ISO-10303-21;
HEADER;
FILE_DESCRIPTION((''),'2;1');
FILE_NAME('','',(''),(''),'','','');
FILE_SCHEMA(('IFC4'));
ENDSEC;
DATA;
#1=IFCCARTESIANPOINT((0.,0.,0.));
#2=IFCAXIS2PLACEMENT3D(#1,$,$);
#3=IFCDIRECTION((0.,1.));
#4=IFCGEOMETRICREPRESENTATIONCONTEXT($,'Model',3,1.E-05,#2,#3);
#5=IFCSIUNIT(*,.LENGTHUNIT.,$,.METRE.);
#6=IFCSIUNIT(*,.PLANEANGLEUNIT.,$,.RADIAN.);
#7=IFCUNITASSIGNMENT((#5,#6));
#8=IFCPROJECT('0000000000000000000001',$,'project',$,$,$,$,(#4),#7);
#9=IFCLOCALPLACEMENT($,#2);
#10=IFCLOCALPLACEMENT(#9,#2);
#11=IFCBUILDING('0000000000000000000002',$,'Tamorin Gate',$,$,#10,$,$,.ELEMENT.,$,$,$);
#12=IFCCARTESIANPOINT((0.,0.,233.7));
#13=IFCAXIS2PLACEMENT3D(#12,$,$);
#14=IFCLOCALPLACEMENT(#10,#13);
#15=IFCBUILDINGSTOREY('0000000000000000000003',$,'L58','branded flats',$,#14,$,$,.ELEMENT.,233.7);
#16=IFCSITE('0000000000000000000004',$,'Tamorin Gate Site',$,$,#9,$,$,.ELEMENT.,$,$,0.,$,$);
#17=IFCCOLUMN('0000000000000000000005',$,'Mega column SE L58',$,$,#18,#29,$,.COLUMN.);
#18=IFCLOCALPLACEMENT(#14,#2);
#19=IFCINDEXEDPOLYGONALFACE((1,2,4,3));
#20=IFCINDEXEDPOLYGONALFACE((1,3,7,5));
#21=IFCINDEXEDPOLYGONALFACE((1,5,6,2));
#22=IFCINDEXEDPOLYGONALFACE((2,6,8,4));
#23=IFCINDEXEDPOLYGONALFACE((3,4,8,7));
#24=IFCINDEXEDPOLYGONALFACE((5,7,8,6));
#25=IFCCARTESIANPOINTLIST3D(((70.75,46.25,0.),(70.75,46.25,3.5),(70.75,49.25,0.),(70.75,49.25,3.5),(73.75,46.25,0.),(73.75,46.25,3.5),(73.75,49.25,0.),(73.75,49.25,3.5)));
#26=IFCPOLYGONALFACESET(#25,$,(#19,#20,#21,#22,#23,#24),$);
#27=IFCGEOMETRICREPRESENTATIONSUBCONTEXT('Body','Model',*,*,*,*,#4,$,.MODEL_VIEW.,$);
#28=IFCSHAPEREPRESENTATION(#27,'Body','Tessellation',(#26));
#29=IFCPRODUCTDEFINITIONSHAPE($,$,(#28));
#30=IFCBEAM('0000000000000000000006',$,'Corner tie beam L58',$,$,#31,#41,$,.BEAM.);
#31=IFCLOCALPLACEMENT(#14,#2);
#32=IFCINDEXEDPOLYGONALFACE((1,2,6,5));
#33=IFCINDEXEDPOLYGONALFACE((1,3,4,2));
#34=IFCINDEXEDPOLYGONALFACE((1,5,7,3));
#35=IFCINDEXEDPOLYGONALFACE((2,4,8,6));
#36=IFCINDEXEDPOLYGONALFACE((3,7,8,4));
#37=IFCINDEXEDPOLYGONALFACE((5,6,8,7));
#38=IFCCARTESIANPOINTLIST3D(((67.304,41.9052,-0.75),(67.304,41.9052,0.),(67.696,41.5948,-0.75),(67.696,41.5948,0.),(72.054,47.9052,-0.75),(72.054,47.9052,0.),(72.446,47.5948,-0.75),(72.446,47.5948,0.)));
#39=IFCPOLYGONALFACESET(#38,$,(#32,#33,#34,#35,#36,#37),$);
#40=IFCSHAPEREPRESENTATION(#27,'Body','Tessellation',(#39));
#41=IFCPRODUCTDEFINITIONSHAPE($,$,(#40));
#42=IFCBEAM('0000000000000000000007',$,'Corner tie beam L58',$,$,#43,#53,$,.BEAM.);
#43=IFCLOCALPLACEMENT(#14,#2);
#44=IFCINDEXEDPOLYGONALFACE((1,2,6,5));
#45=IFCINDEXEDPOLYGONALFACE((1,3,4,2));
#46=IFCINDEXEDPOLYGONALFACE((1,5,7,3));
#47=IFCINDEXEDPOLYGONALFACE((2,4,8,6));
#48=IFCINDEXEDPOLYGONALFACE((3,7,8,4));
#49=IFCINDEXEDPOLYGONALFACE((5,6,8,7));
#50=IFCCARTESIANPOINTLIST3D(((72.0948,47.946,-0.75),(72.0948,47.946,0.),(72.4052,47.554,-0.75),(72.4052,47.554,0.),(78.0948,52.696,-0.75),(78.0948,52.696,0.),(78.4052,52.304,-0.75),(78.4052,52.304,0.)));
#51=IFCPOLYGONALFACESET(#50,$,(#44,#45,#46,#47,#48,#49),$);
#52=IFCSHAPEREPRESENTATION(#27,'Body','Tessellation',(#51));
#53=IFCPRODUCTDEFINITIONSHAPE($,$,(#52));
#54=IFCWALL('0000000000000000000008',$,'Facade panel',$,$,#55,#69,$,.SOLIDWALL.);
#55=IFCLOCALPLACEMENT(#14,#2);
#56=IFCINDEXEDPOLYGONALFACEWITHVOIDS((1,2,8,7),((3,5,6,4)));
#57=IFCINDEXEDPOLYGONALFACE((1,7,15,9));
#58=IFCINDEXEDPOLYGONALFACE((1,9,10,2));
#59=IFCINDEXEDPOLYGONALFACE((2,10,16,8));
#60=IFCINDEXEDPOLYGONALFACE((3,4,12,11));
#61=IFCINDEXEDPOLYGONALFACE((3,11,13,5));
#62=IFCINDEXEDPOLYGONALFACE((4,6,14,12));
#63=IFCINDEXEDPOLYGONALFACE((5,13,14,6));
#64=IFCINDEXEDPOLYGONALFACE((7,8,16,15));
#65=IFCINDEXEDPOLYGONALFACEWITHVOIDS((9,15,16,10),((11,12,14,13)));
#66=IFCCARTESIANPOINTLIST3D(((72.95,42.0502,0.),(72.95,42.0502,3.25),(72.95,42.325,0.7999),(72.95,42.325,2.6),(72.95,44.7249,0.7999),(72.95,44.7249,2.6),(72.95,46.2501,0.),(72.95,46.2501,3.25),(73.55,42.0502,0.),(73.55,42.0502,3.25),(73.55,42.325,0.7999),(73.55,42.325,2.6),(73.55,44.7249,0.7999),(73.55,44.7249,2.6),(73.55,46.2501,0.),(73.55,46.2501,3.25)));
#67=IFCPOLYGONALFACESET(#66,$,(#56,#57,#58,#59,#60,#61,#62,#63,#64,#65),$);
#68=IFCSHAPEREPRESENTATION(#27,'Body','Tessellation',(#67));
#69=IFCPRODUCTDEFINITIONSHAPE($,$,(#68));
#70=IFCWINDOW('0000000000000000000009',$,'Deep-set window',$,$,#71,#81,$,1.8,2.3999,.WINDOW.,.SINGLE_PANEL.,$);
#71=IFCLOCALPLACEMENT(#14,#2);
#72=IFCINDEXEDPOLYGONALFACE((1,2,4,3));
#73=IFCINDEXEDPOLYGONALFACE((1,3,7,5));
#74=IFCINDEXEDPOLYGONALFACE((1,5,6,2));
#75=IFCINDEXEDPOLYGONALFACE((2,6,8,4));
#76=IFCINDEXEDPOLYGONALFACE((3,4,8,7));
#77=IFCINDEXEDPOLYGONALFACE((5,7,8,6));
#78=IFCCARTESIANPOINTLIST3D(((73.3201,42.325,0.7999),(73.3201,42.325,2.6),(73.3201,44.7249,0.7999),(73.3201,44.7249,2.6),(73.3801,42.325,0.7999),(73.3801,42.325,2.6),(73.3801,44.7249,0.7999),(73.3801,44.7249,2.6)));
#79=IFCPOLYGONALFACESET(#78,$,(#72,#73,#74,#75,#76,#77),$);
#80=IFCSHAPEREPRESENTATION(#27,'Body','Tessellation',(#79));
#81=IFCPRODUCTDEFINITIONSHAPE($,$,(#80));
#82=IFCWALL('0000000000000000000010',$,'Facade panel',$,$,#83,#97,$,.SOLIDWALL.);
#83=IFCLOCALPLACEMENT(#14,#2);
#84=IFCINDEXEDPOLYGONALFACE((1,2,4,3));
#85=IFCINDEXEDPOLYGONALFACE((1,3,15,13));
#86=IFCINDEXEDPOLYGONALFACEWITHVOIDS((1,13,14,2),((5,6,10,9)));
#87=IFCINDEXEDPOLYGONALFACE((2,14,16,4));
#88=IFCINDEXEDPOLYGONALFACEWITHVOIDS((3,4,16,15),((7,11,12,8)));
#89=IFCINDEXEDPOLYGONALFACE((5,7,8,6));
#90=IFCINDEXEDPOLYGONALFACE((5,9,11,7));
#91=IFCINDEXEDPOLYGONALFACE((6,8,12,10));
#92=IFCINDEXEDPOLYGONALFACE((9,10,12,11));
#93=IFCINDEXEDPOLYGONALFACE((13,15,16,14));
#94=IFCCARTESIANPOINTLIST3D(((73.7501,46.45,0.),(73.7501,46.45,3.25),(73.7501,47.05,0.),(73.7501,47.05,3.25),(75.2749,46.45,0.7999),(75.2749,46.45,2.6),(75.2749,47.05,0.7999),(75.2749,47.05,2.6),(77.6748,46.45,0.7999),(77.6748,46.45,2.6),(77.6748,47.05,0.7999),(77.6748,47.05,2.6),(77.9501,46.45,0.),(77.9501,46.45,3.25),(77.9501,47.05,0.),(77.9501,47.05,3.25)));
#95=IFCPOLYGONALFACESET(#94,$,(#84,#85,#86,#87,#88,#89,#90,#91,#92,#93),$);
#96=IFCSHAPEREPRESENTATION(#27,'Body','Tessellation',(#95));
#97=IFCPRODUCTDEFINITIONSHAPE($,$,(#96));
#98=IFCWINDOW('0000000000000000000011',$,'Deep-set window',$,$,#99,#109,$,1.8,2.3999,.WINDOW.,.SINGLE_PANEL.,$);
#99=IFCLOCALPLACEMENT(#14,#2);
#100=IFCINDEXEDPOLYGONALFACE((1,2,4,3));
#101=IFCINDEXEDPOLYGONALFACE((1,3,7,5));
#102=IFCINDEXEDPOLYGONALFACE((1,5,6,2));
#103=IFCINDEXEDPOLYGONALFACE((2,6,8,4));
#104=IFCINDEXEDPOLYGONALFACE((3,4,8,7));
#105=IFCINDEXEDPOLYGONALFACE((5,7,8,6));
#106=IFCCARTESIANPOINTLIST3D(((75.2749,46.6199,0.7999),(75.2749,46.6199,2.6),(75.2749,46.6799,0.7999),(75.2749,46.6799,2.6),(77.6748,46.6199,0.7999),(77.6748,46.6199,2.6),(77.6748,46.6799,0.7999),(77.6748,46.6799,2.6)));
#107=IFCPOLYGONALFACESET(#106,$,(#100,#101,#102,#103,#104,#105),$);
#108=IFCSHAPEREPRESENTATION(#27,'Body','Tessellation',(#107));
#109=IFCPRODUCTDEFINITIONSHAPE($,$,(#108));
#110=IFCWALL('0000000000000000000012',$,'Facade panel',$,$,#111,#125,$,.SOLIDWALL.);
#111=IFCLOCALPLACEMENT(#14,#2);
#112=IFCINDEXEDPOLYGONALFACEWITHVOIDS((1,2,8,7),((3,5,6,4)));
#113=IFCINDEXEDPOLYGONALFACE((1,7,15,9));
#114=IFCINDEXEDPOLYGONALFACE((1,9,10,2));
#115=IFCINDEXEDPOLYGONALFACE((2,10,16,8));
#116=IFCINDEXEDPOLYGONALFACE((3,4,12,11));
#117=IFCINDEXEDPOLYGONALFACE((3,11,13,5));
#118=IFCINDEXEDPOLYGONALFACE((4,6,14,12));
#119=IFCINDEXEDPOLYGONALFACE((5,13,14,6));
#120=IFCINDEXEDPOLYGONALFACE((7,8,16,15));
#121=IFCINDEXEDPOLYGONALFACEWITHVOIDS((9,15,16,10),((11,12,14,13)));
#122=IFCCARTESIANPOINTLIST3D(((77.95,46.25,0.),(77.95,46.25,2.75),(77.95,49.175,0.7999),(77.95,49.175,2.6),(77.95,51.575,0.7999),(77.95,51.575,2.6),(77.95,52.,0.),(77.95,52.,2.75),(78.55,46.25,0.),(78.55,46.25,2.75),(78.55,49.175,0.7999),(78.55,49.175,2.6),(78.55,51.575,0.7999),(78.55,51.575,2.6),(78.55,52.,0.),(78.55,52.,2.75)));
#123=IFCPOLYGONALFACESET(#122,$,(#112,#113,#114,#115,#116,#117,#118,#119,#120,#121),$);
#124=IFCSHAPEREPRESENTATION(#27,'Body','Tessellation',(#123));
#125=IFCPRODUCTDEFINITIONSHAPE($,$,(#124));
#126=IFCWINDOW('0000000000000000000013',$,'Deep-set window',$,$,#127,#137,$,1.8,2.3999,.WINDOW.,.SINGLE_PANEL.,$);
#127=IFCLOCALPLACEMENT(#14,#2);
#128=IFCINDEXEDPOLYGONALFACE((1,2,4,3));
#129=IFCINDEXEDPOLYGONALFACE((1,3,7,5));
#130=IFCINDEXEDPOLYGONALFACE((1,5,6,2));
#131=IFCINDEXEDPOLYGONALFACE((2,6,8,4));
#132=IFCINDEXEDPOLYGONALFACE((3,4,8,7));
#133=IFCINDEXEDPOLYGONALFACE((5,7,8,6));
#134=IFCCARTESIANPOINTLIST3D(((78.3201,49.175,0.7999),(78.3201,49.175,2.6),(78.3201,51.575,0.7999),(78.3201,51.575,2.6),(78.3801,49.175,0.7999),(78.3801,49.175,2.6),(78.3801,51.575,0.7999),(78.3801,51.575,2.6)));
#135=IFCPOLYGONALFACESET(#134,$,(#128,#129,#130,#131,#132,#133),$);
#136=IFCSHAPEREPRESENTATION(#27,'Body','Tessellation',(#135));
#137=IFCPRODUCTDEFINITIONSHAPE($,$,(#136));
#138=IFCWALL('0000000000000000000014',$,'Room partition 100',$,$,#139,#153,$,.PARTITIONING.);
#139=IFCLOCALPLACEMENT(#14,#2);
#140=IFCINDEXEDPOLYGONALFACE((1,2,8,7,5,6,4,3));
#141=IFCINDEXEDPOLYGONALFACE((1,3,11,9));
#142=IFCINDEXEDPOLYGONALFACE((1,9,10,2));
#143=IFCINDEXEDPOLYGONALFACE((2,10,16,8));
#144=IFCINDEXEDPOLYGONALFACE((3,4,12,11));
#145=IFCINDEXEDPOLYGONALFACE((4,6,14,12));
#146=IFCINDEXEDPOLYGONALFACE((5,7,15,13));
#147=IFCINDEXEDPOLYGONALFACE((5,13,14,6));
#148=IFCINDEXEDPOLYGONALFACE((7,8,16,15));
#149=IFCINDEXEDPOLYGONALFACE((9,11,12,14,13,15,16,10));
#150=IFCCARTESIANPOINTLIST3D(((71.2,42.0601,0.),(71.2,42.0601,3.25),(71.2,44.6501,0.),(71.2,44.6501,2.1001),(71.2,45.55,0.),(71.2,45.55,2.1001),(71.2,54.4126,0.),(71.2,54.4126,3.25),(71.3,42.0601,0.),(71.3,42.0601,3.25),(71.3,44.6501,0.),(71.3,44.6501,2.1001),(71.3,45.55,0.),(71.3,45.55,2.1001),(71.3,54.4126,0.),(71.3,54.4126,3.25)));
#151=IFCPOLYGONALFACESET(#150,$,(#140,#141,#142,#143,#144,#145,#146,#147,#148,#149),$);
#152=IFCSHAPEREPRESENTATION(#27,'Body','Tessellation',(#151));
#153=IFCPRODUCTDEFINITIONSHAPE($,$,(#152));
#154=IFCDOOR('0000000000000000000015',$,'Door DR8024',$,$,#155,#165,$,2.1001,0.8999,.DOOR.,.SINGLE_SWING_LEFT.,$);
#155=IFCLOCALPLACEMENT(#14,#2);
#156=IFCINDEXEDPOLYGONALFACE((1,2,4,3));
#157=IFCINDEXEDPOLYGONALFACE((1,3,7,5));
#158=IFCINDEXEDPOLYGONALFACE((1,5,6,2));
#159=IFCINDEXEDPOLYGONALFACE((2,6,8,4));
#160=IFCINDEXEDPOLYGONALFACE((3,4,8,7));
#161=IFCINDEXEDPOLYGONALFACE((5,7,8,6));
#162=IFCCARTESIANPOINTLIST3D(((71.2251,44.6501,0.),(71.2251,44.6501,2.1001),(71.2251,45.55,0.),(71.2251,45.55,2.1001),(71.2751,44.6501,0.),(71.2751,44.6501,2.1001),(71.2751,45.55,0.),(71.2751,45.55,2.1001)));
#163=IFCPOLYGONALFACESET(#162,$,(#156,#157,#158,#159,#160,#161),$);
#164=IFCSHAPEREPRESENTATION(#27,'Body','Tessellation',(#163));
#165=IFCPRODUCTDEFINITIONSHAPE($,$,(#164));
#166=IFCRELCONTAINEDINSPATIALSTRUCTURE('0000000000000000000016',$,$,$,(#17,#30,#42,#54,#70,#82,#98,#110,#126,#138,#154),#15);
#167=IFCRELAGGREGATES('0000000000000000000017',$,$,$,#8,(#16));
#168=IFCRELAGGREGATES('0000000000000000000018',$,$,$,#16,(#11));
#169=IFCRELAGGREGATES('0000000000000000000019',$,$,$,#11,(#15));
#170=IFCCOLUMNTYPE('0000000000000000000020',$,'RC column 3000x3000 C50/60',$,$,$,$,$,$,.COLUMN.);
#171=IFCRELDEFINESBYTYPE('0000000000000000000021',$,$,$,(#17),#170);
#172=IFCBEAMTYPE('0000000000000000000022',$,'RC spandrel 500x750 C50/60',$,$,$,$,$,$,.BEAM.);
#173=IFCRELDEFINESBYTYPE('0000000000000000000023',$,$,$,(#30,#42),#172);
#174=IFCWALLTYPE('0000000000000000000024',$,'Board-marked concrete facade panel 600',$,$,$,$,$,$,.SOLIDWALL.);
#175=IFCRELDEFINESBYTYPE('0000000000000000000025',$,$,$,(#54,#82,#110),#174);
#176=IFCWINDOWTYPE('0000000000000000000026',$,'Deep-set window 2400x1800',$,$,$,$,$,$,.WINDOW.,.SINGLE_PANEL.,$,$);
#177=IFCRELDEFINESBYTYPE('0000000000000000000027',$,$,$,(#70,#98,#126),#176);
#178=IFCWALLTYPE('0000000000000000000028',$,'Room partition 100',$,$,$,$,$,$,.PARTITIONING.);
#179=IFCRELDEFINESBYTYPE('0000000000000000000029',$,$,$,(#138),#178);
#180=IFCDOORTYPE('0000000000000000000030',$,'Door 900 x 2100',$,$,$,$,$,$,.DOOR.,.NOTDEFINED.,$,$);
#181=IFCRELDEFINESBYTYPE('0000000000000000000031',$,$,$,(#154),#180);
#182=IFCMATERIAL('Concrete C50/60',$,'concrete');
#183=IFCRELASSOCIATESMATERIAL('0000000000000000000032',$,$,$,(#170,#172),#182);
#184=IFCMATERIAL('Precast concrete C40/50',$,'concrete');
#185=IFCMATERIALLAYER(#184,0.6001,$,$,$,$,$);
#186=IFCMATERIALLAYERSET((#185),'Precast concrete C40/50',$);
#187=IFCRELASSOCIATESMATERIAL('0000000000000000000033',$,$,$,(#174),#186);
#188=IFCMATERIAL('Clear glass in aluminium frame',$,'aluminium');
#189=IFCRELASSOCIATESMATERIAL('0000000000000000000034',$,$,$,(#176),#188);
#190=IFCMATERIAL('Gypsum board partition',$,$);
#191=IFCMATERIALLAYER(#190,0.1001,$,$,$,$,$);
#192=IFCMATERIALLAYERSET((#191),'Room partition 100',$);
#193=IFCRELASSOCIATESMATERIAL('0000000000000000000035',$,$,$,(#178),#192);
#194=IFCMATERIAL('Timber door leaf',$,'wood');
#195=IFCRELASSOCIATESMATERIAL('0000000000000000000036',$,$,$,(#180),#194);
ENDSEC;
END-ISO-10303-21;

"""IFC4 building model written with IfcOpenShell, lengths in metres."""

from ifc_helpers import new_model, si_unit, direction, frame, frame_2d, origin, origin_2d, place, context, subcontext, project, spatial, rectangle, extrude, material, layer, layer_set, material_profile, profile_set, type_object, element, fill, save


model = new_model("IFC4")

# Units and contexts
model_context = context("Model", 3, precision=1e-05, world=origin(), true_north=direction((0.0, 1.0)))
body_context = subcontext(model_context, "Body", "Model", "MODEL_VIEW")
ifc_project = project(units=[si_unit("LENGTHUNIT", "METRE"), si_unit("PLANEANGLEUNIT", "RADIAN")], contexts=[model_context])

# Site, building, storey
site_placement = place(None, origin())
site = spatial("IfcSite", under=ifc_project, at=site_placement, Name="Tamorin Gate Site", CompositionType="ELEMENT", RefElevation=0.0)
building_placement = place(site_placement, origin())
building = spatial("IfcBuilding", under=site, at=building_placement, Name="Tamorin Gate", CompositionType="ELEMENT")
storey_placement = place(building_placement, frame((0.0, 0.0, 233.7)))
storey = spatial("IfcBuildingStorey", under=building, at=storey_placement, Name="L58", Description="branded flats", CompositionType="ELEMENT", Elevation=233.7)

# Column
ifc_material_1 = material(Name="Concrete C50/60", Category="concrete")
ifc_material_profile_1 = material_profile(ifc_material_1, rectangle(XDim=3.0, YDim=3.0, at=origin_2d()), Name="RC 3000x3000")
ifc_profile_set_1 = profile_set([ifc_material_profile_1], Name="Concrete C50/60")
column_type = type_object("IfcColumnType", Name="RC column 3000x3000 C50/60", PredefinedType="COLUMN", material=ifc_profile_set_1)
column_placement = place(storey_placement, frame((72.25, 47.75, 0.0), z_axis=(0.0, 0.0, 1.0), x_axis=(1.0, 0.0, 0.0)))
element("IfcColumn", 1, at=column_placement, inside=storey, type_object=column_type, Name="Mega column SE L58", PredefinedType="COLUMN", context=body_context, shape_type="SweptSolid", body=[
    extrude(rectangle(XDim=3.0, YDim=3.0, at=origin_2d()), origin(), (0.0, 0.0, 1.0), 3.5),
])

# Beams
ifc_material_profile_2 = material_profile(ifc_material_1, rectangle(XDim=0.5, YDim=0.75, at=origin_2d()), Name="RC 500x750")
ifc_profile_set_2 = profile_set([ifc_material_profile_2], Name="Concrete C50/60")
beam_type = type_object("IfcBeamType", Name="RC spandrel 500x750 C50/60", PredefinedType="BEAM", material=ifc_profile_set_2)
for number, where, z_axis, x_axis, name in (
    (2, (72.25, 47.75, -0.375), (-0.620703, -0.784046, 0.0), (0.784046, -0.620703, 0.0), "Corner tie beam L58"),
    (3, (72.25, 47.75, -0.375), (0.784046, 0.620703, 0.0), (-0.620703, 0.784046, 0.0), "Corner tie beam L58"),
):
    element("IfcBeam", number, at=place(storey_placement, frame(where, z_axis=z_axis, x_axis=x_axis)), inside=storey, type_object=beam_type, Name=name, PredefinedType="BEAM", context=body_context, shape_type="SweptSolid", body=[
        extrude(rectangle(XDim=0.5, YDim=0.75, at=origin_2d()), origin(), (0.0, 0.0, 1.0), 7.6526),
    ])

# Walls, openings, windows
ifc_material_2 = material(Name="Precast concrete C40/50", Category="concrete")
ifc_layer_1 = layer(ifc_material_2, 0.6001)
ifc_layer_set_1 = layer_set([ifc_layer_1], Name="Precast concrete C40/50")
wall_type_1 = type_object("IfcWallType", Name="Board-marked concrete facade panel 600", PredefinedType="SOLIDWALL", material=ifc_layer_set_1)
wall_1_placement = place(storey_placement, frame((73.25, 42.05, 0.0), z_axis=(0.0, 0.0, 1.0), x_axis=(0.0, 1.0, 0.0)))
wall_1 = element("IfcWall", 4, at=wall_1_placement, inside=storey, type_object=wall_type_1, Name="Facade panel", PredefinedType="SOLIDWALL", context=body_context, shape_type="SweptSolid", body=[
    extrude(rectangle(XDim=4.2, YDim=0.6001, at=frame_2d((2.1001, 0.0))), origin(), (0.0, 0.0, 1.0), 3.25),
])
opening_1_placement = place(wall_1_placement, frame((0.2749, 0.0, 0.8)))
opening_1 = element("IfcOpeningElement", 5, at=opening_1_placement, cuts=wall_1, PredefinedType="OPENING", context=body_context, shape_type="SweptSolid", body=[
    extrude(rectangle(XDim=2.3999, YDim=1.8, at=frame_2d((1.2, 0.8999))), frame((0.0, 0.3101, 0.0), z_axis=(0.0, -1.0, 0.0), x_axis=(1.0, 0.0, 0.0)), (0.0, 0.0, 1.0), 0.6201),
])
ifc_material_3 = material(Name="Clear glass in aluminium frame", Category="aluminium")
window_type = type_object("IfcWindowType", Name="Deep-set window 2400x1800", PartitioningType="SINGLE_PANEL", PredefinedType="WINDOW", material=ifc_material_3)
window_1_placement = place(opening_1_placement, origin())
window_1 = element("IfcWindow", 6, at=window_1_placement, inside=storey, type_object=window_type, Name="Deep-set window", OverallHeight=1.8, OverallWidth=2.3999, PartitioningType="SINGLE_PANEL", PredefinedType="WINDOW", context=body_context, shape_type="SweptSolid", body=[
    extrude(rectangle(XDim=2.3999, YDim=1.8, at=frame_2d((1.2, 0.8999))), frame((0.0, -0.0701, 0.0), z_axis=(0.0, -1.0, 0.0), x_axis=(1.0, 0.0, 0.0)), (0.0, 0.0, 1.0), 0.0601),
])
fill(opening_1, window_1)
wall_2_placement = place(storey_placement, frame((73.75, 46.75, 0.0), z_axis=(0.0, 0.0, 1.0), x_axis=(1.0, 0.0, 0.0)))
wall_2 = element("IfcWall", 7, at=wall_2_placement, inside=storey, type_object=wall_type_1, Name="Facade panel", PredefinedType="SOLIDWALL", context=body_context, shape_type="SweptSolid", body=[
    extrude(rectangle(XDim=4.2, YDim=0.6001, at=frame_2d((2.1001, 0.0))), origin(), (0.0, 0.0, 1.0), 3.25),
])
opening_2_placement = place(wall_2_placement, frame((1.5249, 0.0, 0.8)))
opening_2 = element("IfcOpeningElement", 8, at=opening_2_placement, cuts=wall_2, PredefinedType="OPENING", context=body_context, shape_type="SweptSolid", body=[
    extrude(rectangle(XDim=2.3999, YDim=1.8, at=frame_2d((1.2, 0.8999))), frame((0.0, 0.3101, 0.0), z_axis=(0.0, -1.0, 0.0), x_axis=(1.0, 0.0, 0.0)), (0.0, 0.0, 1.0), 0.6201),
])
window_2_placement = place(opening_2_placement, origin())
window_2 = element("IfcWindow", 9, at=window_2_placement, inside=storey, type_object=window_type, Name="Deep-set window", OverallHeight=1.8, OverallWidth=2.3999, PartitioningType="SINGLE_PANEL", PredefinedType="WINDOW", context=body_context, shape_type="SweptSolid", body=[
    extrude(rectangle(XDim=2.3999, YDim=1.8, at=frame_2d((1.2, 0.8999))), frame((0.0, -0.0701, 0.0), z_axis=(0.0, -1.0, 0.0), x_axis=(1.0, 0.0, 0.0)), (0.0, 0.0, 1.0), 0.0601),
])
fill(opening_2, window_2)
wall_3_placement = place(storey_placement, frame((78.25, 46.25, 0.0), z_axis=(0.0, 0.0, 1.0), x_axis=(0.0, 1.0, 0.0)))
wall_3 = element("IfcWall", 10, at=wall_3_placement, inside=storey, type_object=wall_type_1, Name="Facade panel", PredefinedType="SOLIDWALL", context=body_context, shape_type="SweptSolid", body=[
    extrude(rectangle(XDim=5.75, YDim=0.6001, at=frame_2d((2.875, 0.0))), origin(), (0.0, 0.0, 1.0), 2.75),
])
opening_3_placement = place(wall_3_placement, frame((2.925, 0.0, 0.8)))
opening_3 = element("IfcOpeningElement", 11, at=opening_3_placement, cuts=wall_3, PredefinedType="OPENING", context=body_context, shape_type="SweptSolid", body=[
    extrude(rectangle(XDim=2.3999, YDim=1.8, at=frame_2d((1.2, 0.8999))), frame((0.0, 0.3101, 0.0), z_axis=(0.0, -1.0, 0.0), x_axis=(1.0, 0.0, 0.0)), (0.0, 0.0, 1.0), 0.6201),
])
window_3_placement = place(opening_3_placement, origin())
window_3 = element("IfcWindow", 12, at=window_3_placement, inside=storey, type_object=window_type, Name="Deep-set window", OverallHeight=1.8, OverallWidth=2.3999, PartitioningType="SINGLE_PANEL", PredefinedType="WINDOW", context=body_context, shape_type="SweptSolid", body=[
    extrude(rectangle(XDim=2.3999, YDim=1.8, at=frame_2d((1.2, 0.8999))), frame((0.0, -0.0701, 0.0), z_axis=(0.0, -1.0, 0.0), x_axis=(1.0, 0.0, 0.0)), (0.0, 0.0, 1.0), 0.0601),
])
fill(opening_3, window_3)

# Wall, opening, door
ifc_material_4 = material(Name="Gypsum board partition")
ifc_layer_2 = layer(ifc_material_4, 0.1001)
ifc_layer_set_2 = layer_set([ifc_layer_2], Name="Room partition 100")
wall_type_2 = type_object("IfcWallType", Name="Room partition 100", PredefinedType="PARTITIONING", material=ifc_layer_set_2)
wall_4_placement = place(storey_placement, frame((71.25, 42.0601, 0.0), z_axis=(0.0, 0.0, 1.0), x_axis=(0.0, 1.0, 0.0)))
wall_4 = element("IfcWall", 13, at=wall_4_placement, inside=storey, type_object=wall_type_2, Name="Room partition 100", PredefinedType="PARTITIONING", context=body_context, shape_type="SweptSolid", body=[
    extrude(rectangle(XDim=12.3525, YDim=0.1001, at=frame_2d((6.1763, 0.0))), origin(), (0.0, 0.0, 1.0), 3.25),
])
opening_4_placement = place(wall_4_placement, frame((2.5901, 0.0, 0.0)))
opening_4 = element("IfcOpeningElement", 14, at=opening_4_placement, cuts=wall_4, PredefinedType="OPENING", context=body_context, shape_type="SweptSolid", body=[
    extrude(rectangle(XDim=0.8999, YDim=2.1001, at=frame_2d((0.45, 1.05))), frame((0.0, 0.0601, 0.0), z_axis=(0.0, -1.0, 0.0), x_axis=(1.0, 0.0, 0.0)), (0.0, 0.0, 1.0), 0.1201),
])
ifc_material_5 = material(Name="Timber door leaf", Category="wood")
door_type = type_object("IfcDoorType", Name="Door 900 x 2100", OperationType="NOTDEFINED", PredefinedType="DOOR", material=ifc_material_5)
door_1_placement = place(opening_4_placement, origin())
door_1 = element("IfcDoor", 15, at=door_1_placement, inside=storey, type_object=door_type, Name="Door DR8024", OperationType="SINGLE_SWING_LEFT", OverallHeight=2.1001, OverallWidth=0.8999, PredefinedType="DOOR", context=body_context, shape_type="SweptSolid", body=[
    extrude(rectangle(XDim=0.8999, YDim=2.1001, at=frame_2d((0.45, 1.05))), frame((0.0, 0.0249, 0.0), z_axis=(0.0, -1.0, 0.0), x_axis=(1.0, 0.0, 0.0)), (0.0, 0.0, 1.0), 0.05),
])
fill(opening_4, door_1)

save(model, "model.ifc")
